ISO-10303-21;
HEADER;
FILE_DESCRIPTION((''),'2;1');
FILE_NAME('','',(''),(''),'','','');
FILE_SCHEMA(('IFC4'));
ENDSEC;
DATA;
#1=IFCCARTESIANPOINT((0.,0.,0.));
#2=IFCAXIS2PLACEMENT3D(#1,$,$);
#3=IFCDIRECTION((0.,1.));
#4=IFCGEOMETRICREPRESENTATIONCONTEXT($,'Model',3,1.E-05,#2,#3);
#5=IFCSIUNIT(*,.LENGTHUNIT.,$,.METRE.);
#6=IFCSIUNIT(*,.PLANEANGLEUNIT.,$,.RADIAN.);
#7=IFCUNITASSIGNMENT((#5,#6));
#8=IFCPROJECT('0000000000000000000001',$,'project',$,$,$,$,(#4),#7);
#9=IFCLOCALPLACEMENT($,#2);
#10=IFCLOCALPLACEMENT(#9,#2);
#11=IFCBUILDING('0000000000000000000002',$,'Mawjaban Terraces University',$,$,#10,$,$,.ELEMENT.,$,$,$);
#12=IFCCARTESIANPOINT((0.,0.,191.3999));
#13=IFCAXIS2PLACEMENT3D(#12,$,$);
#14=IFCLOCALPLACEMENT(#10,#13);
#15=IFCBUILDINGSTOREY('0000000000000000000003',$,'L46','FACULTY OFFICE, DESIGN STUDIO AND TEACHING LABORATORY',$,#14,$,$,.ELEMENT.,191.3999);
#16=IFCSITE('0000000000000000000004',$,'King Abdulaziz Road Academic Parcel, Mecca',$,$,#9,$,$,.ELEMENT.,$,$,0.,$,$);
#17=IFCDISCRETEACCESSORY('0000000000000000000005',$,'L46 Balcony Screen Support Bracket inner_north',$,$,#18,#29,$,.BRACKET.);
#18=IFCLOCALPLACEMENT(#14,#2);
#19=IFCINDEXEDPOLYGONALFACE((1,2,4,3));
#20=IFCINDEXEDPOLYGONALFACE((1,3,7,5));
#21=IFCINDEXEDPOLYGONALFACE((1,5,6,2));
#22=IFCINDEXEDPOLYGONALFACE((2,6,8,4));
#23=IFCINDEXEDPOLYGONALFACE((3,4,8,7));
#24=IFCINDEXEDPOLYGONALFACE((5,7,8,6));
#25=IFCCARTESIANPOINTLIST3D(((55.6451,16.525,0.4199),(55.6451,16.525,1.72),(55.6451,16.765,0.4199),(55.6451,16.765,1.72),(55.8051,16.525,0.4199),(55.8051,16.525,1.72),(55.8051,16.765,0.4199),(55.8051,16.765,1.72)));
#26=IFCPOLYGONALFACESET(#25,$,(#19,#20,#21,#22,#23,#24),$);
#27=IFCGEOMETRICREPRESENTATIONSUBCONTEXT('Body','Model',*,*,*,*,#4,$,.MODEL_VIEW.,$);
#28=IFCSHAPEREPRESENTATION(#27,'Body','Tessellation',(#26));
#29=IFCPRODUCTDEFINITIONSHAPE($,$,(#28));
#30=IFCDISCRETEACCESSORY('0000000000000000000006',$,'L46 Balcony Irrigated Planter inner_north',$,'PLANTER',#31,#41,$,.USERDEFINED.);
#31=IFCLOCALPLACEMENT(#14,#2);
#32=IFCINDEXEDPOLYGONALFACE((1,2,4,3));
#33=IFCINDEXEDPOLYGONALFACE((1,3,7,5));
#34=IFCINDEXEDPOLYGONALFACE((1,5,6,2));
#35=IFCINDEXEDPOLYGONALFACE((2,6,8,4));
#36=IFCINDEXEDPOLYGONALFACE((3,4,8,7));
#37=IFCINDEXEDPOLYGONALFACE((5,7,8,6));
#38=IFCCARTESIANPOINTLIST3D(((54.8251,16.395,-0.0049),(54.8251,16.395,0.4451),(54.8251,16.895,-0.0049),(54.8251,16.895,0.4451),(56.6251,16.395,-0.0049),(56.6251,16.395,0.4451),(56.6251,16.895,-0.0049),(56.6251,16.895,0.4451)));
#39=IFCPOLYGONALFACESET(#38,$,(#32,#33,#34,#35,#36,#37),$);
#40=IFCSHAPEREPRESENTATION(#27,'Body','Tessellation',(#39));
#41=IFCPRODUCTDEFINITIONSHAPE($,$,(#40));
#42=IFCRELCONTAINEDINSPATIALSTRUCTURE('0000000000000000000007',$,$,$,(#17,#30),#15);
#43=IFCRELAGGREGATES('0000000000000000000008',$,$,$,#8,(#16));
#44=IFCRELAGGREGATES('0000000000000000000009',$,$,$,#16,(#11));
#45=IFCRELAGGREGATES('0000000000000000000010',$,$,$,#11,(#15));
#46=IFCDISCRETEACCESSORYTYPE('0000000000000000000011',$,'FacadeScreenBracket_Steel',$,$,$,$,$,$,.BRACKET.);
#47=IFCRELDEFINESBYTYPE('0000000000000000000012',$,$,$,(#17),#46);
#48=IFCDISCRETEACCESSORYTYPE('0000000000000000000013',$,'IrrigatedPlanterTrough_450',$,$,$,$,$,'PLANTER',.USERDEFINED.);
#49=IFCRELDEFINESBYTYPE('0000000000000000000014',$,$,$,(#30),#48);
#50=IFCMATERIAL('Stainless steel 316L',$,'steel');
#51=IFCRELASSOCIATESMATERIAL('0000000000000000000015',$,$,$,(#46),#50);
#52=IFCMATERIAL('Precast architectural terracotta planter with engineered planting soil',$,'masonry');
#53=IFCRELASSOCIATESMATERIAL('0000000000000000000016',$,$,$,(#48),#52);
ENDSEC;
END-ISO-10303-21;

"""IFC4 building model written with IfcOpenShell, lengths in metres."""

from ifc_helpers import new_model, si_unit, direction, frame, origin, origin_2d, place, context, subcontext, project, spatial, rectangle, extrude, material, type_object, element, save


model = new_model("IFC4")

# Units and contexts
model_context = context("Model", 3, precision=1e-05, world=origin(), true_north=direction((0.0, 1.0)))
body_context = subcontext(model_context, "Body", "Model", "MODEL_VIEW")
ifc_project = project(units=[si_unit("LENGTHUNIT", "METRE"), si_unit("PLANEANGLEUNIT", "RADIAN")], contexts=[model_context])

# Site, building, storey
site_placement = place(None, origin())
site = spatial("IfcSite", under=ifc_project, at=site_placement, Name="King Abdulaziz Road Academic Parcel, Mecca", CompositionType="ELEMENT", RefElevation=0.0)
building_placement = place(site_placement, origin())
building = spatial("IfcBuilding", under=site, at=building_placement, Name="Mawjaban Terraces University", CompositionType="ELEMENT")
storey_placement = place(building_placement, frame((0.0, 0.0, 191.3999)))
storey = spatial("IfcBuildingStorey", under=building, at=storey_placement, Name="L46", Description="FACULTY OFFICE, DESIGN STUDIO AND TEACHING LABORATORY", CompositionType="ELEMENT", Elevation=191.3999)

# Discrete accessories
ifc_material_1 = material(Name="Stainless steel 316L", Category="steel")
discrete_accessory_type_1 = type_object("IfcDiscreteAccessoryType", Name="FacadeScreenBracket_Steel", PredefinedType="BRACKET", material=ifc_material_1)
discrete_accessory_1_placement = place(storey_placement, frame((55.7251, 16.645, 0.4199), z_axis=(0.0, 0.0, 1.0), x_axis=(1.0, 0.0, 0.0)))
element("IfcDiscreteAccessory", 1, at=discrete_accessory_1_placement, inside=storey, type_object=discrete_accessory_type_1, Name="L46 Balcony Screen Support Bracket inner_north", PredefinedType="BRACKET", context=body_context, shape_type="SweptSolid", body=[
    extrude(rectangle(XDim=0.1599, YDim=0.24, at=origin_2d()), origin(), (0.0, 0.0, 1.0), 1.3),
])
ifc_material_2 = material(Name="Precast architectural terracotta planter with engineered planting soil", Category="masonry")
discrete_accessory_type_2 = type_object("IfcDiscreteAccessoryType", Name="IrrigatedPlanterTrough_450", ElementType="PLANTER", PredefinedType="USERDEFINED", material=ifc_material_2)
discrete_accessory_2_placement = place(storey_placement, frame((55.7251, 16.645, -0.0049), z_axis=(0.0, 0.0, 1.0), x_axis=(1.0, 0.0, 0.0)))
element("IfcDiscreteAccessory", 2, at=discrete_accessory_2_placement, inside=storey, type_object=discrete_accessory_type_2, Name="L46 Balcony Irrigated Planter inner_north", ObjectType="PLANTER", PredefinedType="USERDEFINED", context=body_context, shape_type="SweptSolid", body=[
    extrude(rectangle(XDim=1.8, YDim=0.5, at=origin_2d()), origin(), (0.0, 0.0, 1.0), 0.45),
])

save(model, "model.ifc")
